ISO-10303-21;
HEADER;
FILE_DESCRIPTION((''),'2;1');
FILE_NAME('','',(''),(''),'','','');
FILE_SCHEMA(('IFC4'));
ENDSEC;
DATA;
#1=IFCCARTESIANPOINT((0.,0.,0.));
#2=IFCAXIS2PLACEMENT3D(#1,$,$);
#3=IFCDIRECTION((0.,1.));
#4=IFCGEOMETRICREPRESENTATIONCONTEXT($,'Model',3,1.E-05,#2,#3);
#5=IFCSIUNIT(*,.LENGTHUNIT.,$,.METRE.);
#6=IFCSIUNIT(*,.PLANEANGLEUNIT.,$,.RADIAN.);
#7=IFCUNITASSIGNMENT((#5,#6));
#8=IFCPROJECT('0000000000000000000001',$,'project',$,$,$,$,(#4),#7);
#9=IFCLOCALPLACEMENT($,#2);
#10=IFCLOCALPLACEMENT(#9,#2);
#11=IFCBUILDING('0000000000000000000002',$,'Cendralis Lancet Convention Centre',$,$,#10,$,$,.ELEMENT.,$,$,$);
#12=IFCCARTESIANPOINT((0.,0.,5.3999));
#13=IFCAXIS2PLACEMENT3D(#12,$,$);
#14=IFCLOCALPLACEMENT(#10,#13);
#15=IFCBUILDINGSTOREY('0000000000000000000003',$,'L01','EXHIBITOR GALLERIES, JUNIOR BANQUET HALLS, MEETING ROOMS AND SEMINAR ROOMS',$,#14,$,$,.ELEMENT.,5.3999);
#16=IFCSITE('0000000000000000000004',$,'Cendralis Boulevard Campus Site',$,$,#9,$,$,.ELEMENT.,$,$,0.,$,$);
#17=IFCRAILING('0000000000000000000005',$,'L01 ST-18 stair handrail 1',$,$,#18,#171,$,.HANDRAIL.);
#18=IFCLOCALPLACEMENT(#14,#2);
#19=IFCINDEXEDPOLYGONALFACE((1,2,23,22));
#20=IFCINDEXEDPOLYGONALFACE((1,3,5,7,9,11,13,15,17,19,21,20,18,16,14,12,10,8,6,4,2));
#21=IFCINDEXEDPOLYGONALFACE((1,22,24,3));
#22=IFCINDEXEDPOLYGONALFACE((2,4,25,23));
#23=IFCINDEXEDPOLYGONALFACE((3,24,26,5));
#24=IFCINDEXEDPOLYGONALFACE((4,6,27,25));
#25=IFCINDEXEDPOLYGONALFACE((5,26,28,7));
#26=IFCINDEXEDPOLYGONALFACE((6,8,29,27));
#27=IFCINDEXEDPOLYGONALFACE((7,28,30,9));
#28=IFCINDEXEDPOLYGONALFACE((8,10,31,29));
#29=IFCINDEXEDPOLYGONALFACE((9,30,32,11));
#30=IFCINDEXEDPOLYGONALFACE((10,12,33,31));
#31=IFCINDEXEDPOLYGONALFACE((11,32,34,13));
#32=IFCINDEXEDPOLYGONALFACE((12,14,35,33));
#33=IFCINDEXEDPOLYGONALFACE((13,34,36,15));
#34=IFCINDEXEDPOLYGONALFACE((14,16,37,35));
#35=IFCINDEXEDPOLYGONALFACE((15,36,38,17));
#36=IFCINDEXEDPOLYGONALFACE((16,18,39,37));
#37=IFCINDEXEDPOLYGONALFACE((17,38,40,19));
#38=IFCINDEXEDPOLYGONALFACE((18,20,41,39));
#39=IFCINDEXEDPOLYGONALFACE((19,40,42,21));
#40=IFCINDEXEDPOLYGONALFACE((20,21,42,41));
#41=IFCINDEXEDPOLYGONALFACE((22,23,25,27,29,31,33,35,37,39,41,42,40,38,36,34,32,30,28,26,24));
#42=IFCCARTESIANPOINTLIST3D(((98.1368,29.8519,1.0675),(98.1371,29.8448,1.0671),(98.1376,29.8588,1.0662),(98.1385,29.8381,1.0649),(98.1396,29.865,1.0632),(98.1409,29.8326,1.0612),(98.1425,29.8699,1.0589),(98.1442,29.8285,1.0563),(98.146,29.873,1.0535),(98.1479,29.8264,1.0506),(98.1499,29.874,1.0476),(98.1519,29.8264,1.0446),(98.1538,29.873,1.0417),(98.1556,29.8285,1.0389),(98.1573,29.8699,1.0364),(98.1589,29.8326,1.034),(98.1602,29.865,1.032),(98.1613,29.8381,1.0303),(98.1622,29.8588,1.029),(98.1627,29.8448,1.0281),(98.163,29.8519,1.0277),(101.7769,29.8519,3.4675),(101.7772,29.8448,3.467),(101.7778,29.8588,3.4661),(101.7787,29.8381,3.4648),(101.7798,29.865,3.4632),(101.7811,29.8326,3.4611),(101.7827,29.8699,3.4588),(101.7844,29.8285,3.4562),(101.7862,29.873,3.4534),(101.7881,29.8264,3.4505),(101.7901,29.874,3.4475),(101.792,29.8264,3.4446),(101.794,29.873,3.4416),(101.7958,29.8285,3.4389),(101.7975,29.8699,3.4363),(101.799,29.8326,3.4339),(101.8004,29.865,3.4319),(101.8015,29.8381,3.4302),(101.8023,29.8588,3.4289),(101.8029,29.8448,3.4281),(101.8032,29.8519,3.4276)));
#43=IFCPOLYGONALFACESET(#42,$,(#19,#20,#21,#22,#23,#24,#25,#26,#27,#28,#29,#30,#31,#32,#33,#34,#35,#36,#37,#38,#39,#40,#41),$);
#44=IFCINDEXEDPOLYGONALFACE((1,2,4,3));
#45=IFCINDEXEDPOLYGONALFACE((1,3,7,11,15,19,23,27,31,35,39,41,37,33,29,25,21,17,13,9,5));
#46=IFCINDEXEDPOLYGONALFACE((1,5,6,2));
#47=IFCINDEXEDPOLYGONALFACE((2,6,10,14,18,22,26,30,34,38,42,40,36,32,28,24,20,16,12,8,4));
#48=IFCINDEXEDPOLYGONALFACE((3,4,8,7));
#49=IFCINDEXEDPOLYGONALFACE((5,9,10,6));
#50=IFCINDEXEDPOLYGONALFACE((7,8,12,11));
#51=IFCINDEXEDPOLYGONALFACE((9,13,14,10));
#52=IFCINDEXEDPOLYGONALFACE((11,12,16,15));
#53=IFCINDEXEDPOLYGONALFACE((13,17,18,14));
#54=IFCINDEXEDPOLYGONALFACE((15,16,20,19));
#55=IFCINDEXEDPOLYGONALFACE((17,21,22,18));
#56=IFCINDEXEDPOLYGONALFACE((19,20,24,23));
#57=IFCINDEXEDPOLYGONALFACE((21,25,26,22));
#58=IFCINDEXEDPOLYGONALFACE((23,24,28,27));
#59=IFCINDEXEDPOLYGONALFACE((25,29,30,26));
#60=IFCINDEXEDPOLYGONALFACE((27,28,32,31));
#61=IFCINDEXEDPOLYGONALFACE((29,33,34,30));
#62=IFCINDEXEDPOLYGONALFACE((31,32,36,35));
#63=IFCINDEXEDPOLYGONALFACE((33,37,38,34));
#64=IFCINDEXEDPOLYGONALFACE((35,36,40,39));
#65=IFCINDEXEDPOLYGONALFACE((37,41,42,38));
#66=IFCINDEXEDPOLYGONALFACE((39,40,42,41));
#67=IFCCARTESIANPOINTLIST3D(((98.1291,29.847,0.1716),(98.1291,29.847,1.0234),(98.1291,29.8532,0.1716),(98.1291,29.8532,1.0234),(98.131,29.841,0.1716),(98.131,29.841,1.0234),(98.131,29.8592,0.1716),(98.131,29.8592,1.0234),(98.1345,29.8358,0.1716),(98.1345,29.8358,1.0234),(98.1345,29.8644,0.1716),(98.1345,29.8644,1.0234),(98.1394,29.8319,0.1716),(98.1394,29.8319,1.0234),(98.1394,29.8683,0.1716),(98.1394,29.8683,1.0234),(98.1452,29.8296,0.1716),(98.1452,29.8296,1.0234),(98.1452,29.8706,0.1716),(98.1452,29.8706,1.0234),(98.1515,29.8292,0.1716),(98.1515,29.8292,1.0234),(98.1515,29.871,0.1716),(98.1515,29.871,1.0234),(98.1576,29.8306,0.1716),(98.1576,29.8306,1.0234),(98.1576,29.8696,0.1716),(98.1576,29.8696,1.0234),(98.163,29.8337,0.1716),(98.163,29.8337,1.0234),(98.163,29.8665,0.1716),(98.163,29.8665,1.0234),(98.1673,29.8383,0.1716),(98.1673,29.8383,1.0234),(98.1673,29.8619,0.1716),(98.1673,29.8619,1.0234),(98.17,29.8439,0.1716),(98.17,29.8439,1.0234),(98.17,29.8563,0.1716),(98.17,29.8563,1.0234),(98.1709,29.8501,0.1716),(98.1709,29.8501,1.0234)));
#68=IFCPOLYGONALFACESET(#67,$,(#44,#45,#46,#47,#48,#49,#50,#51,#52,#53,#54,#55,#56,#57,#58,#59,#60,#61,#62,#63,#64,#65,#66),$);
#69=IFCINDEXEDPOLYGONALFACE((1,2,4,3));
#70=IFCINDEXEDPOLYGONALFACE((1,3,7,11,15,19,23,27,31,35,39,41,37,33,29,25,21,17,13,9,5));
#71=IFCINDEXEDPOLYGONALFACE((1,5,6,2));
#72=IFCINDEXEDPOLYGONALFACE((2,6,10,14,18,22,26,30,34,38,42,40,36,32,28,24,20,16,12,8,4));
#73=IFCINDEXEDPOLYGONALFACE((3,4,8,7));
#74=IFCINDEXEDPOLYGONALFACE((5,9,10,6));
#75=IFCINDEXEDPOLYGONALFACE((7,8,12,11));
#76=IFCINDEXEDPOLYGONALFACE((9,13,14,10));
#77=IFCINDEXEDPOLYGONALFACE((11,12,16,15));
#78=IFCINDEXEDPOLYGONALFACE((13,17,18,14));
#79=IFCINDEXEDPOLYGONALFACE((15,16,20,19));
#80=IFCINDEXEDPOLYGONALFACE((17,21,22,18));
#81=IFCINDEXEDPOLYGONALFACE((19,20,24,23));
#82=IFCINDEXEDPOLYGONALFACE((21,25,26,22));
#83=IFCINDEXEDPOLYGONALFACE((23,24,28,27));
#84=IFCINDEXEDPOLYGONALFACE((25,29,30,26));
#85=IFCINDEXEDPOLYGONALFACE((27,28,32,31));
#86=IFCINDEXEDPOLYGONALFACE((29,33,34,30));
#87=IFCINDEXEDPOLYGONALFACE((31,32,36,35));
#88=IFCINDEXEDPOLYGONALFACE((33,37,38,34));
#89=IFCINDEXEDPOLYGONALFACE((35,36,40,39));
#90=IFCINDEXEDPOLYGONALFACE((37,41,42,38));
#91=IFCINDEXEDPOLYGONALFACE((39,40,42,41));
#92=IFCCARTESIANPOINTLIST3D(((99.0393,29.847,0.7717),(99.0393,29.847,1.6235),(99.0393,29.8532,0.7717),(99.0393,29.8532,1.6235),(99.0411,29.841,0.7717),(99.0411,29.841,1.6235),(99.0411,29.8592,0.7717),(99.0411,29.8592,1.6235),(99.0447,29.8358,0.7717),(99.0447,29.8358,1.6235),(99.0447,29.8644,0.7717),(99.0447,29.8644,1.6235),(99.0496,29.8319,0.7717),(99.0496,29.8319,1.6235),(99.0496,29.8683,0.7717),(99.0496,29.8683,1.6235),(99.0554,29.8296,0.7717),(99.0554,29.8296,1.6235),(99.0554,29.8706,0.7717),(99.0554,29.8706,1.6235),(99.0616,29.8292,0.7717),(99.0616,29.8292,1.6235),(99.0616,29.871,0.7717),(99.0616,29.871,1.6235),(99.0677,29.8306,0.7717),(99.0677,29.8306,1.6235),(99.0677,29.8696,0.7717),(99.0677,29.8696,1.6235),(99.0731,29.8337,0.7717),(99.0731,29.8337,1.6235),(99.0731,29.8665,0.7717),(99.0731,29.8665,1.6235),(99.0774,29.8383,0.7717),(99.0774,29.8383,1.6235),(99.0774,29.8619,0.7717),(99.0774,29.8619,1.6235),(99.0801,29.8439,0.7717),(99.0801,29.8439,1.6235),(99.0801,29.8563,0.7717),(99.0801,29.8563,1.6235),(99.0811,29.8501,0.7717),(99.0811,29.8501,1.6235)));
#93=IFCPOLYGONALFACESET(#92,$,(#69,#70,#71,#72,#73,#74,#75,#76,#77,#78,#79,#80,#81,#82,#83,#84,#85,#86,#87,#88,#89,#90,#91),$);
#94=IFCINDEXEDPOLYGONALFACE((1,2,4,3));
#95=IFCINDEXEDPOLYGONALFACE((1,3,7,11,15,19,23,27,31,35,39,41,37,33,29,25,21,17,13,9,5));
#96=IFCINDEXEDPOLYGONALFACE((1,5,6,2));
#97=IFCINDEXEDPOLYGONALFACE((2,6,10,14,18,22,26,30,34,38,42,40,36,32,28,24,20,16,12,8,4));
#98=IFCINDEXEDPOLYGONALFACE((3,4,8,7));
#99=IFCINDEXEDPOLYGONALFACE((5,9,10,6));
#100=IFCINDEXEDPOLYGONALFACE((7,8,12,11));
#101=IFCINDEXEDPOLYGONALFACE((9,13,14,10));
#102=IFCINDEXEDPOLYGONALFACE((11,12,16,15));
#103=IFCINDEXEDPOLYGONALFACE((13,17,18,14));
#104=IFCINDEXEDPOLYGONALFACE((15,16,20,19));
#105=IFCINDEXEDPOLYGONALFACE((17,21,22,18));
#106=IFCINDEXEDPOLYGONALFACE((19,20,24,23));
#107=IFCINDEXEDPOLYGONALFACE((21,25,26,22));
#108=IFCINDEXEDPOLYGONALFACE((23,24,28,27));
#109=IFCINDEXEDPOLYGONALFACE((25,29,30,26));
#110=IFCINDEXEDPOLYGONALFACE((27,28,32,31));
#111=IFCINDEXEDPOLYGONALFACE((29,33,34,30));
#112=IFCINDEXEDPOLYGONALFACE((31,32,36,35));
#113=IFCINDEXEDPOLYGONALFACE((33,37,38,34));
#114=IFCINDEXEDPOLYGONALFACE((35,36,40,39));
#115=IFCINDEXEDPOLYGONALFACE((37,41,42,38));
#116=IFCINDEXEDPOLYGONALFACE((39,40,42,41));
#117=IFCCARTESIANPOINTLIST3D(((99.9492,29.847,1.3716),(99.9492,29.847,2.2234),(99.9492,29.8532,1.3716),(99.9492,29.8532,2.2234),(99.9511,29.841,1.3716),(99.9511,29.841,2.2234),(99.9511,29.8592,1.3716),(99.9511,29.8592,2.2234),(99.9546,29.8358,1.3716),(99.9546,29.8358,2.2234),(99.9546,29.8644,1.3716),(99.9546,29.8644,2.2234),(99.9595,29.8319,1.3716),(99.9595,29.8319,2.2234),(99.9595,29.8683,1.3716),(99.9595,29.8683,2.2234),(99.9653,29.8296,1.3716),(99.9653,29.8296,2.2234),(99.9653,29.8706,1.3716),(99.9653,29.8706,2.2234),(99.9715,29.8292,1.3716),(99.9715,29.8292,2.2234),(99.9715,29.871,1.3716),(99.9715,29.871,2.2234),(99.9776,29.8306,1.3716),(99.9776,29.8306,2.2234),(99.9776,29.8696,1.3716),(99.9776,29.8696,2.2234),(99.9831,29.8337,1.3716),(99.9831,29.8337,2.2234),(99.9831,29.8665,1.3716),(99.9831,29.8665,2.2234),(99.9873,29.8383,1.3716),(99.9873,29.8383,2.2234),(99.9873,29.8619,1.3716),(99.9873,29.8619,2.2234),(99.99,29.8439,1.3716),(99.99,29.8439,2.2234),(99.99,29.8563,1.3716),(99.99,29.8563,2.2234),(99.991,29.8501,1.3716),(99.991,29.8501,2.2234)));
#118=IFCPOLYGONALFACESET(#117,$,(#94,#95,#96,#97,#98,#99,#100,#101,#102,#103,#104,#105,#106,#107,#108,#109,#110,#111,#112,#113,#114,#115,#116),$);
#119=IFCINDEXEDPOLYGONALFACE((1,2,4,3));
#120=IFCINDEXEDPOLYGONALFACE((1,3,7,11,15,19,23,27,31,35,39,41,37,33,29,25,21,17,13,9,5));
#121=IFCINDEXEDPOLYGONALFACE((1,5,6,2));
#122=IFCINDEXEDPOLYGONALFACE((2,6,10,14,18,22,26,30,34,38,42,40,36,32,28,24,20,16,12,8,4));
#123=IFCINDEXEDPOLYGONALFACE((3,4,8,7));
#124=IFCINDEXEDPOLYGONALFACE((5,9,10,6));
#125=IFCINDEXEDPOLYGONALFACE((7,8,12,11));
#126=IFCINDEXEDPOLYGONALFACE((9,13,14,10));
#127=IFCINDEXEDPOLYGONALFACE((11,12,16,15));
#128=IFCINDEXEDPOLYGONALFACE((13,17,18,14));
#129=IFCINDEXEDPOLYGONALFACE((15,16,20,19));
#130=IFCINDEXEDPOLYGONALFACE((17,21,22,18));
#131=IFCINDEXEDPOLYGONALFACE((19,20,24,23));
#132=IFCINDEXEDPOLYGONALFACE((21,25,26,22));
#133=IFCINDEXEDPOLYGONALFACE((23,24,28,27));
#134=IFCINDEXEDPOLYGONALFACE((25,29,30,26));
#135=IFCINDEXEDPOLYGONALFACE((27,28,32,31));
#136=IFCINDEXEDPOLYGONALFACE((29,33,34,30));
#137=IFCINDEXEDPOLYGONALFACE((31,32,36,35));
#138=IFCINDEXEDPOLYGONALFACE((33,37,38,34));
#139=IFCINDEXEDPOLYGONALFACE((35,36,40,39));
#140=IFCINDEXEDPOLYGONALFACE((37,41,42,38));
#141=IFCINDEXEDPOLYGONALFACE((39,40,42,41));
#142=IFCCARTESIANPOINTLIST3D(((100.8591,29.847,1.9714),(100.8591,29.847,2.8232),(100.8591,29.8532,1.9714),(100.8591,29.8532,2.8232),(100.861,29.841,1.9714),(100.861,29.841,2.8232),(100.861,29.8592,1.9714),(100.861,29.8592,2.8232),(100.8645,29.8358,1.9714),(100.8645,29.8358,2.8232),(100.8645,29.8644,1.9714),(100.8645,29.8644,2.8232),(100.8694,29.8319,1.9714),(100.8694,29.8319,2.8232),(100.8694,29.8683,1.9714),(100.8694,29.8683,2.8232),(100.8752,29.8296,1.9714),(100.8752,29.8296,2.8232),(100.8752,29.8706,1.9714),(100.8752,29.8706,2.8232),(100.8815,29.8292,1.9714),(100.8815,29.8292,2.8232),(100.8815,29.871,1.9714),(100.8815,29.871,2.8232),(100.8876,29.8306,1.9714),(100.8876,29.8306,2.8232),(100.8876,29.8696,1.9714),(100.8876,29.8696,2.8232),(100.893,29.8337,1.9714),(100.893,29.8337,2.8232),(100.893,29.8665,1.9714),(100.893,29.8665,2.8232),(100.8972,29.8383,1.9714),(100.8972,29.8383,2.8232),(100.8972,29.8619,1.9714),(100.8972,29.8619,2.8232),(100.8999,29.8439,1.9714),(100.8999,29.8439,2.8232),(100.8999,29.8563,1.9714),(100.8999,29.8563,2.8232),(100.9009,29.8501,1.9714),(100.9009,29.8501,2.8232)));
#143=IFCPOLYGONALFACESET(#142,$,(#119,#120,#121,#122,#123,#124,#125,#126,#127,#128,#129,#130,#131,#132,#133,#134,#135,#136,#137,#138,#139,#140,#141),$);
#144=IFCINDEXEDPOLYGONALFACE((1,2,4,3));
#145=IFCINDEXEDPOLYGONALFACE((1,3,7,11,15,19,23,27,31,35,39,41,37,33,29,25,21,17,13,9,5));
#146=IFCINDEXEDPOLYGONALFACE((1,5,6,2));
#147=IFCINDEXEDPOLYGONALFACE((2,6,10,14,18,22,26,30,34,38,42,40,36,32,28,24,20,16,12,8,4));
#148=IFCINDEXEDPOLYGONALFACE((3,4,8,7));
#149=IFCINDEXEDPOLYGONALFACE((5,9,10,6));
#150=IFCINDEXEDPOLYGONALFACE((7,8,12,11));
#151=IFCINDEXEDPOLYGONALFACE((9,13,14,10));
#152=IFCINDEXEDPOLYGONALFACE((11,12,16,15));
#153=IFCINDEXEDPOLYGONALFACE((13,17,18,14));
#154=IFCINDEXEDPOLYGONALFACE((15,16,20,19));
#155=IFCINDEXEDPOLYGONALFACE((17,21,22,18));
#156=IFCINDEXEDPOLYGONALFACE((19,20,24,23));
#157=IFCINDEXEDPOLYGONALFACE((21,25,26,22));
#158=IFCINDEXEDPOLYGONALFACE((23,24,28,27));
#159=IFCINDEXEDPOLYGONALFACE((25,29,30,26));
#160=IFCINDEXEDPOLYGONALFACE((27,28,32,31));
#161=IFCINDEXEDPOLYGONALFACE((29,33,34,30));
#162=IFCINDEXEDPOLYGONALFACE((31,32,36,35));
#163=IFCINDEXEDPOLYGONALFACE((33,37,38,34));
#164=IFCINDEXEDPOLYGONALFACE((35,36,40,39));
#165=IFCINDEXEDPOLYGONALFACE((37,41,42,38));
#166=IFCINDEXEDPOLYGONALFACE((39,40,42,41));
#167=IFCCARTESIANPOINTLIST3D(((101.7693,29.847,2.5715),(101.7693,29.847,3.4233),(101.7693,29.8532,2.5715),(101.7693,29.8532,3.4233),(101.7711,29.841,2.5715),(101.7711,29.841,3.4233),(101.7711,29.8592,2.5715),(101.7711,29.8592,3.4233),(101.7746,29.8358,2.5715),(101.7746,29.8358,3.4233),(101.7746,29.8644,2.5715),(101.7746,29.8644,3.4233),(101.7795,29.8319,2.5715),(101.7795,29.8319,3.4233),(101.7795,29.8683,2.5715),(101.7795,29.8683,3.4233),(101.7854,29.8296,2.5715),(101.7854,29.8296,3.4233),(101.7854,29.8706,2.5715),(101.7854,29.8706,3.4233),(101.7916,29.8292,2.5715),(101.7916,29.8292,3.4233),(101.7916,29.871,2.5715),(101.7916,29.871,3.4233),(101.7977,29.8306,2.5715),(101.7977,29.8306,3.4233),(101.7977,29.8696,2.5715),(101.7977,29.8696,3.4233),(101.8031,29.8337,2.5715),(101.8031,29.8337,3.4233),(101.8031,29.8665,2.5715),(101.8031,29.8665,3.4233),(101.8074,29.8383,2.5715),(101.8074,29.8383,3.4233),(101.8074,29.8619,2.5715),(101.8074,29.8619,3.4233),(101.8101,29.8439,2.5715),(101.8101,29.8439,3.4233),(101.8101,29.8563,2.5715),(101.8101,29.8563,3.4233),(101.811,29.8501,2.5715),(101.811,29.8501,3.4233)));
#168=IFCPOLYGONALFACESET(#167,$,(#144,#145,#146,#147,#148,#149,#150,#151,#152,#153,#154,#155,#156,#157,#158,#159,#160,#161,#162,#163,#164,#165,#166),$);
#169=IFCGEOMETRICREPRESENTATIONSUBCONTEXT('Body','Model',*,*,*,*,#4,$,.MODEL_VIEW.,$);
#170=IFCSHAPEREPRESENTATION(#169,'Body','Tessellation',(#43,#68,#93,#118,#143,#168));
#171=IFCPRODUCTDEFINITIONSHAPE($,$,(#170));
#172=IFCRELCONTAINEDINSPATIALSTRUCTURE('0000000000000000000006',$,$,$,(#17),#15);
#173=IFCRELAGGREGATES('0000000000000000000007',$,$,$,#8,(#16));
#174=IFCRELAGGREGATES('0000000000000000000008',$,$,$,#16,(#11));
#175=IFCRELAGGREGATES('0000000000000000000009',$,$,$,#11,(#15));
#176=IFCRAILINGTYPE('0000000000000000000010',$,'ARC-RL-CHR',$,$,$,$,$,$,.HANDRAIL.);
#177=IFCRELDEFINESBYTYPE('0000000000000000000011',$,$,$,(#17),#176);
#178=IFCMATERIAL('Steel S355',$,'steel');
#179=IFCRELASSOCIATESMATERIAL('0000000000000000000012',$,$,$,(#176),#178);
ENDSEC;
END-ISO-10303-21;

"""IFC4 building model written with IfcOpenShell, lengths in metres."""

from ifc_helpers import new_model, si_unit, direction, frame, origin, origin_2d, place, context, subcontext, project, spatial, circle, extrude, material, type_object, element, save


model = new_model("IFC4")

# Units and contexts
model_context = context("Model", 3, precision=1e-05, world=origin(), true_north=direction((0.0, 1.0)))
body_context = subcontext(model_context, "Body", "Model", "MODEL_VIEW")
ifc_project = project(units=[si_unit("LENGTHUNIT", "METRE"), si_unit("PLANEANGLEUNIT", "RADIAN")], contexts=[model_context])

# Site, building, storey
site_placement = place(None, origin())
site = spatial("IfcSite", under=ifc_project, at=site_placement, Name="Cendralis Boulevard Campus Site", CompositionType="ELEMENT", RefElevation=0.0)
building_placement = place(site_placement, origin())
building = spatial("IfcBuilding", under=site, at=building_placement, Name="Cendralis Lancet Convention Centre", CompositionType="ELEMENT")
storey_placement = place(building_placement, frame((0.0, 0.0, 5.3999)))
storey = spatial("IfcBuildingStorey", under=building, at=storey_placement, Name="L01", Description="EXHIBITOR GALLERIES, JUNIOR BANQUET HALLS, MEETING ROOMS AND SEMINAR ROOMS", CompositionType="ELEMENT", Elevation=5.3999)

# Shared definitions
ifc_material_1 = material(Name="Steel S355", Category="steel")

# Railing
railing_type_1 = type_object("IfcRailingType", Name="ARC-RL-CHR", PredefinedType="HANDRAIL", material=ifc_material_1)
railing_1_placement = place(storey_placement, frame((98.1499, 29.8501, 0.1716)))
element("IfcRailing", 1, at=railing_1_placement, inside=storey, type_object=railing_type_1, Name="L01 ST-18 stair handrail 1", PredefinedType="HANDRAIL", context=body_context, shape_type="SweptSolid", body=[
    extrude(circle(Radius=0.0239, at=origin_2d()), frame((0.0, 0.0, 0.876), z_axis=(0.834882, 0.0, 0.550429), x_axis=(0.0, 1.0, 0.0)), (0.0, 0.0, 1.0), 4.3601),
    extrude(circle(Radius=0.021, at=origin_2d()), origin(), (0.0, 0.0, 1.0), 0.8518),
    extrude(circle(Radius=0.021, at=origin_2d()), frame((0.9102, 0.0, 0.6001)), (0.0, 0.0, 1.0), 0.8518),
    extrude(circle(Radius=0.021, at=origin_2d()), frame((1.8201, 0.0, 1.2)), (0.0, 0.0, 1.0), 0.8518),
    extrude(circle(Radius=0.021, at=origin_2d()), frame((2.73, 0.0, 1.7998)), (0.0, 0.0, 1.0), 0.8518),
    extrude(circle(Radius=0.021, at=origin_2d()), frame((3.6401, 0.0, 2.3999)), (0.0, 0.0, 1.0), 0.8518),
])

save(model, "model.ifc")
